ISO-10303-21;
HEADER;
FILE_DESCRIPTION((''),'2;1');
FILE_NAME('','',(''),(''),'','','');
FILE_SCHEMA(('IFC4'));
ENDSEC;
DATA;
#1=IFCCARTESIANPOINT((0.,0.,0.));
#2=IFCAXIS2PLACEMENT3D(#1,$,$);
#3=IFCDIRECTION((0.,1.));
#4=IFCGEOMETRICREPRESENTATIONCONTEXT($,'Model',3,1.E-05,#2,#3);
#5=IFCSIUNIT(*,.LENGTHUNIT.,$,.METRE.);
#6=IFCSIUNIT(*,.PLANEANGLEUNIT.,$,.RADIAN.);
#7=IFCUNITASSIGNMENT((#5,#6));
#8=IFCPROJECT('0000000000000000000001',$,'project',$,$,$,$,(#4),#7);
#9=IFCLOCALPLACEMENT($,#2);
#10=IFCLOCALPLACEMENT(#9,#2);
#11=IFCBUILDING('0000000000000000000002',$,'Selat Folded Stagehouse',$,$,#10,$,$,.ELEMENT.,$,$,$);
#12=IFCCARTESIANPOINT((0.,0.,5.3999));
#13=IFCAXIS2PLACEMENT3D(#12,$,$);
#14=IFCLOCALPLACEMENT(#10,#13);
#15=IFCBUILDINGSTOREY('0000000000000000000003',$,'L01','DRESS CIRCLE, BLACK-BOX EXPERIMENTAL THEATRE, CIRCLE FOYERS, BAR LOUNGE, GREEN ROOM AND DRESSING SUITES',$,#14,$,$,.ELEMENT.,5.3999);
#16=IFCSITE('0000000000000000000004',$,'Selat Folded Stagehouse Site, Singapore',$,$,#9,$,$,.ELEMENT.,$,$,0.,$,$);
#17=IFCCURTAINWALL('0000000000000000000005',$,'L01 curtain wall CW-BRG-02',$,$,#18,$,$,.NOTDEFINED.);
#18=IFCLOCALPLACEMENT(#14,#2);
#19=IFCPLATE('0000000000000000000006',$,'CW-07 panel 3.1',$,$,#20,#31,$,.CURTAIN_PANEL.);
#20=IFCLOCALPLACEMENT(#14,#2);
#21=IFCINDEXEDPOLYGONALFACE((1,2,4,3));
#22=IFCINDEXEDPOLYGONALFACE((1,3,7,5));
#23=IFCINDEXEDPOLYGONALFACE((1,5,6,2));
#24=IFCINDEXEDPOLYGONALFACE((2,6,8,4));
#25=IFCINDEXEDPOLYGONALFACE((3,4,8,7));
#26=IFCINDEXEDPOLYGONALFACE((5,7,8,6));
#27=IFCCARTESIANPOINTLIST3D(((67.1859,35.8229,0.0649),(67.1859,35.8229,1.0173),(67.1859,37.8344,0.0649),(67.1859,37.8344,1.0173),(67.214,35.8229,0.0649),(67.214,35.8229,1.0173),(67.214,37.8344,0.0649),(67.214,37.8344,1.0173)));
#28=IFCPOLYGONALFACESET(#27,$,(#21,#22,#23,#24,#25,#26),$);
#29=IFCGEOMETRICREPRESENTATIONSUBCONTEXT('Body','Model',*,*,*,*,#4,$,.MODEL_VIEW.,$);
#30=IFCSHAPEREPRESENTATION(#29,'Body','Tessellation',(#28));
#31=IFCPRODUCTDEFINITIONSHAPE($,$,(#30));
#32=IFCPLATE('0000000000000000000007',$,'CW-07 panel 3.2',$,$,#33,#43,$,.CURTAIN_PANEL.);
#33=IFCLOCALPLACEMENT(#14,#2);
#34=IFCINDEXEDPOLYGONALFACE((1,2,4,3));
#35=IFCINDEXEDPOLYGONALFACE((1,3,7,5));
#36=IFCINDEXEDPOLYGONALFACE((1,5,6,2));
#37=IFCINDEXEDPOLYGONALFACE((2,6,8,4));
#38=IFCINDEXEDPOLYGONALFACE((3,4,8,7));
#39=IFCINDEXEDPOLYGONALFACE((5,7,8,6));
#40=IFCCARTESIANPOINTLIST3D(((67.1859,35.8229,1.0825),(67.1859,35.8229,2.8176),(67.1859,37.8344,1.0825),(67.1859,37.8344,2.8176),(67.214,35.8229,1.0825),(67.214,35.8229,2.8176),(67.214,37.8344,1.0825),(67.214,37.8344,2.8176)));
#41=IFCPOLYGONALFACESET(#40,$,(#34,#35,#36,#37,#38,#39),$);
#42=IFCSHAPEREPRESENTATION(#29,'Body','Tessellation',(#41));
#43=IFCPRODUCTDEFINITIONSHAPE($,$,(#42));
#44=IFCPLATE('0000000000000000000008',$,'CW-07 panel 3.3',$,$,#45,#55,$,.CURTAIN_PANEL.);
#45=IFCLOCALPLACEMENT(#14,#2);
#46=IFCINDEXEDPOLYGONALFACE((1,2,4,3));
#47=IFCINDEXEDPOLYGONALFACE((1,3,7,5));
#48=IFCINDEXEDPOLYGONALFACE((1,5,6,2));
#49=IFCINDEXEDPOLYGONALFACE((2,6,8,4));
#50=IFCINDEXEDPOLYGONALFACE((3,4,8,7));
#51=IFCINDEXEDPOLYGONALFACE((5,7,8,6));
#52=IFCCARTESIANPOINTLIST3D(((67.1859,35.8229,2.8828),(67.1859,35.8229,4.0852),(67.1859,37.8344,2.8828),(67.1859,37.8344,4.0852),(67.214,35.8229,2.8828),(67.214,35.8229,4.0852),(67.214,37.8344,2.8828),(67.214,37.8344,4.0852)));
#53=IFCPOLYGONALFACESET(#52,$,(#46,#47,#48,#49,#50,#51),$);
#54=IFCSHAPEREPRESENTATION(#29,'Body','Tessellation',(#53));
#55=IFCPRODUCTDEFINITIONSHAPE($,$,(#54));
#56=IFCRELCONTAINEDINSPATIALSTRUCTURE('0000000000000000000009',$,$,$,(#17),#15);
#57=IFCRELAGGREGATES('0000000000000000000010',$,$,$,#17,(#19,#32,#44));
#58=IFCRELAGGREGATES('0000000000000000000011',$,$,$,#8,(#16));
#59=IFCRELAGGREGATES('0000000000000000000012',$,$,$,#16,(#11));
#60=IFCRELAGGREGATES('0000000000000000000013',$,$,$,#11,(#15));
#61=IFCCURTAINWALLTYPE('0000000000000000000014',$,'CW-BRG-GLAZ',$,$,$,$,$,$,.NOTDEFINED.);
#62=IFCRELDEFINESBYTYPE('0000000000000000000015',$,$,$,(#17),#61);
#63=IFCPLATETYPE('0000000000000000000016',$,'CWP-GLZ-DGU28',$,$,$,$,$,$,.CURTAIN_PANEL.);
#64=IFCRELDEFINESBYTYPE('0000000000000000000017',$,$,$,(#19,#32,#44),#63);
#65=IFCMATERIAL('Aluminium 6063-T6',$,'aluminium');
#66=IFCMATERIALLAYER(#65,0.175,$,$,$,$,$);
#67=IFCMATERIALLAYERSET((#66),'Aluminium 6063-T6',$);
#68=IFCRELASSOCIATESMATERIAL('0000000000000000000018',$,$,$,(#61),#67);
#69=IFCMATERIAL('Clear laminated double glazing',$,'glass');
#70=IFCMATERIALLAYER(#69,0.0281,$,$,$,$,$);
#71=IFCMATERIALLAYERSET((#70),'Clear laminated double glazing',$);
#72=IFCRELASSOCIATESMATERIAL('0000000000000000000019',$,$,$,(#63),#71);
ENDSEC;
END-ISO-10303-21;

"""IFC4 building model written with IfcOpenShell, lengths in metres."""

from ifc_helpers import new_model, si_unit, direction, frame, origin, origin_2d, place, context, subcontext, project, spatial, rectangle, extrude, material, layer, layer_set, type_object, element, aggregate, save


model = new_model("IFC4")

# Units and contexts
model_context = context("Model", 3, precision=1e-05, world=origin(), true_north=direction((0.0, 1.0)))
body_context = subcontext(model_context, "Body", "Model", "MODEL_VIEW")
ifc_project = project(units=[si_unit("LENGTHUNIT", "METRE"), si_unit("PLANEANGLEUNIT", "RADIAN")], contexts=[model_context])

# Site, building, storey
site_placement = place(None, origin())
site = spatial("IfcSite", under=ifc_project, at=site_placement, Name="Selat Folded Stagehouse Site, Singapore", CompositionType="ELEMENT", RefElevation=0.0)
building_placement = place(site_placement, origin())
building = spatial("IfcBuilding", under=site, at=building_placement, Name="Selat Folded Stagehouse", CompositionType="ELEMENT")
storey_placement = place(building_placement, frame((0.0, 0.0, 5.3999)))
storey = spatial("IfcBuildingStorey", under=building, at=storey_placement, Name="L01", Description="DRESS CIRCLE, BLACK-BOX EXPERIMENTAL THEATRE, CIRCLE FOYERS, BAR LOUNGE, GREEN ROOM AND DRESSING SUITES", CompositionType="ELEMENT", Elevation=5.3999)

# Curtain wall
ifc_material_1 = material(Name="Aluminium 6063-T6", Category="aluminium")
ifc_layer_1 = layer(ifc_material_1, 0.175)
ifc_layer_set_1 = layer_set([ifc_layer_1], Name="Aluminium 6063-T6")
curtain_wall_type = type_object("IfcCurtainWallType", Name="CW-BRG-GLAZ", PredefinedType="NOTDEFINED", material=ifc_layer_set_1)
curtain_wall_placement = place(storey_placement, origin())
curtain_wall = element("IfcCurtainWall", 1, at=curtain_wall_placement, inside=storey, type_object=curtain_wall_type, Name="L01 curtain wall CW-BRG-02", PredefinedType="NOTDEFINED")

# Plates
ifc_material_2 = material(Name="Clear laminated double glazing", Category="glass")
ifc_layer_2 = layer(ifc_material_2, 0.0281)
ifc_layer_set_2 = layer_set([ifc_layer_2], Name="Clear laminated double glazing")
plate_type = type_object("IfcPlateType", Name="CWP-GLZ-DGU28", PredefinedType="CURTAIN_PANEL", material=ifc_layer_set_2)
plate_1_placement = place(storey_placement, frame((67.2, 36.8286, 0.0649), z_axis=(0.0, 0.0, 1.0), x_axis=(0.0, 1.0, 0.0)))
plate_1 = element("IfcPlate", 2, at=plate_1_placement, type_object=plate_type, Name="CW-07 panel 3.1", PredefinedType="CURTAIN_PANEL", context=body_context, shape_type="SweptSolid", body=[
    extrude(rectangle(XDim=2.0115, YDim=0.0281, at=origin_2d()), origin(), (0.0, 0.0, 1.0), 0.9524),
])
plate_2_placement = place(storey_placement, frame((67.2, 36.8286, 1.0825), z_axis=(0.0, 0.0, 1.0), x_axis=(0.0, 1.0, 0.0)))
plate_2 = element("IfcPlate", 3, at=plate_2_placement, type_object=plate_type, Name="CW-07 panel 3.2", PredefinedType="CURTAIN_PANEL", context=body_context, shape_type="SweptSolid", body=[
    extrude(rectangle(XDim=2.0115, YDim=0.0281, at=origin_2d()), origin(), (0.0, 0.0, 1.0), 1.7351),
])
plate_3_placement = place(storey_placement, frame((67.2, 36.8286, 2.8828), z_axis=(0.0, 0.0, 1.0), x_axis=(0.0, 1.0, 0.0)))
plate_3 = element("IfcPlate", 4, at=plate_3_placement, type_object=plate_type, Name="CW-07 panel 3.3", PredefinedType="CURTAIN_PANEL", context=body_context, shape_type="SweptSolid", body=[
    extrude(rectangle(XDim=2.0115, YDim=0.0281, at=origin_2d()), origin(), (0.0, 0.0, 1.0), 1.2024),
])
aggregate(curtain_wall, [plate_1, plate_2, plate_3])

save(model, "model.ifc")
